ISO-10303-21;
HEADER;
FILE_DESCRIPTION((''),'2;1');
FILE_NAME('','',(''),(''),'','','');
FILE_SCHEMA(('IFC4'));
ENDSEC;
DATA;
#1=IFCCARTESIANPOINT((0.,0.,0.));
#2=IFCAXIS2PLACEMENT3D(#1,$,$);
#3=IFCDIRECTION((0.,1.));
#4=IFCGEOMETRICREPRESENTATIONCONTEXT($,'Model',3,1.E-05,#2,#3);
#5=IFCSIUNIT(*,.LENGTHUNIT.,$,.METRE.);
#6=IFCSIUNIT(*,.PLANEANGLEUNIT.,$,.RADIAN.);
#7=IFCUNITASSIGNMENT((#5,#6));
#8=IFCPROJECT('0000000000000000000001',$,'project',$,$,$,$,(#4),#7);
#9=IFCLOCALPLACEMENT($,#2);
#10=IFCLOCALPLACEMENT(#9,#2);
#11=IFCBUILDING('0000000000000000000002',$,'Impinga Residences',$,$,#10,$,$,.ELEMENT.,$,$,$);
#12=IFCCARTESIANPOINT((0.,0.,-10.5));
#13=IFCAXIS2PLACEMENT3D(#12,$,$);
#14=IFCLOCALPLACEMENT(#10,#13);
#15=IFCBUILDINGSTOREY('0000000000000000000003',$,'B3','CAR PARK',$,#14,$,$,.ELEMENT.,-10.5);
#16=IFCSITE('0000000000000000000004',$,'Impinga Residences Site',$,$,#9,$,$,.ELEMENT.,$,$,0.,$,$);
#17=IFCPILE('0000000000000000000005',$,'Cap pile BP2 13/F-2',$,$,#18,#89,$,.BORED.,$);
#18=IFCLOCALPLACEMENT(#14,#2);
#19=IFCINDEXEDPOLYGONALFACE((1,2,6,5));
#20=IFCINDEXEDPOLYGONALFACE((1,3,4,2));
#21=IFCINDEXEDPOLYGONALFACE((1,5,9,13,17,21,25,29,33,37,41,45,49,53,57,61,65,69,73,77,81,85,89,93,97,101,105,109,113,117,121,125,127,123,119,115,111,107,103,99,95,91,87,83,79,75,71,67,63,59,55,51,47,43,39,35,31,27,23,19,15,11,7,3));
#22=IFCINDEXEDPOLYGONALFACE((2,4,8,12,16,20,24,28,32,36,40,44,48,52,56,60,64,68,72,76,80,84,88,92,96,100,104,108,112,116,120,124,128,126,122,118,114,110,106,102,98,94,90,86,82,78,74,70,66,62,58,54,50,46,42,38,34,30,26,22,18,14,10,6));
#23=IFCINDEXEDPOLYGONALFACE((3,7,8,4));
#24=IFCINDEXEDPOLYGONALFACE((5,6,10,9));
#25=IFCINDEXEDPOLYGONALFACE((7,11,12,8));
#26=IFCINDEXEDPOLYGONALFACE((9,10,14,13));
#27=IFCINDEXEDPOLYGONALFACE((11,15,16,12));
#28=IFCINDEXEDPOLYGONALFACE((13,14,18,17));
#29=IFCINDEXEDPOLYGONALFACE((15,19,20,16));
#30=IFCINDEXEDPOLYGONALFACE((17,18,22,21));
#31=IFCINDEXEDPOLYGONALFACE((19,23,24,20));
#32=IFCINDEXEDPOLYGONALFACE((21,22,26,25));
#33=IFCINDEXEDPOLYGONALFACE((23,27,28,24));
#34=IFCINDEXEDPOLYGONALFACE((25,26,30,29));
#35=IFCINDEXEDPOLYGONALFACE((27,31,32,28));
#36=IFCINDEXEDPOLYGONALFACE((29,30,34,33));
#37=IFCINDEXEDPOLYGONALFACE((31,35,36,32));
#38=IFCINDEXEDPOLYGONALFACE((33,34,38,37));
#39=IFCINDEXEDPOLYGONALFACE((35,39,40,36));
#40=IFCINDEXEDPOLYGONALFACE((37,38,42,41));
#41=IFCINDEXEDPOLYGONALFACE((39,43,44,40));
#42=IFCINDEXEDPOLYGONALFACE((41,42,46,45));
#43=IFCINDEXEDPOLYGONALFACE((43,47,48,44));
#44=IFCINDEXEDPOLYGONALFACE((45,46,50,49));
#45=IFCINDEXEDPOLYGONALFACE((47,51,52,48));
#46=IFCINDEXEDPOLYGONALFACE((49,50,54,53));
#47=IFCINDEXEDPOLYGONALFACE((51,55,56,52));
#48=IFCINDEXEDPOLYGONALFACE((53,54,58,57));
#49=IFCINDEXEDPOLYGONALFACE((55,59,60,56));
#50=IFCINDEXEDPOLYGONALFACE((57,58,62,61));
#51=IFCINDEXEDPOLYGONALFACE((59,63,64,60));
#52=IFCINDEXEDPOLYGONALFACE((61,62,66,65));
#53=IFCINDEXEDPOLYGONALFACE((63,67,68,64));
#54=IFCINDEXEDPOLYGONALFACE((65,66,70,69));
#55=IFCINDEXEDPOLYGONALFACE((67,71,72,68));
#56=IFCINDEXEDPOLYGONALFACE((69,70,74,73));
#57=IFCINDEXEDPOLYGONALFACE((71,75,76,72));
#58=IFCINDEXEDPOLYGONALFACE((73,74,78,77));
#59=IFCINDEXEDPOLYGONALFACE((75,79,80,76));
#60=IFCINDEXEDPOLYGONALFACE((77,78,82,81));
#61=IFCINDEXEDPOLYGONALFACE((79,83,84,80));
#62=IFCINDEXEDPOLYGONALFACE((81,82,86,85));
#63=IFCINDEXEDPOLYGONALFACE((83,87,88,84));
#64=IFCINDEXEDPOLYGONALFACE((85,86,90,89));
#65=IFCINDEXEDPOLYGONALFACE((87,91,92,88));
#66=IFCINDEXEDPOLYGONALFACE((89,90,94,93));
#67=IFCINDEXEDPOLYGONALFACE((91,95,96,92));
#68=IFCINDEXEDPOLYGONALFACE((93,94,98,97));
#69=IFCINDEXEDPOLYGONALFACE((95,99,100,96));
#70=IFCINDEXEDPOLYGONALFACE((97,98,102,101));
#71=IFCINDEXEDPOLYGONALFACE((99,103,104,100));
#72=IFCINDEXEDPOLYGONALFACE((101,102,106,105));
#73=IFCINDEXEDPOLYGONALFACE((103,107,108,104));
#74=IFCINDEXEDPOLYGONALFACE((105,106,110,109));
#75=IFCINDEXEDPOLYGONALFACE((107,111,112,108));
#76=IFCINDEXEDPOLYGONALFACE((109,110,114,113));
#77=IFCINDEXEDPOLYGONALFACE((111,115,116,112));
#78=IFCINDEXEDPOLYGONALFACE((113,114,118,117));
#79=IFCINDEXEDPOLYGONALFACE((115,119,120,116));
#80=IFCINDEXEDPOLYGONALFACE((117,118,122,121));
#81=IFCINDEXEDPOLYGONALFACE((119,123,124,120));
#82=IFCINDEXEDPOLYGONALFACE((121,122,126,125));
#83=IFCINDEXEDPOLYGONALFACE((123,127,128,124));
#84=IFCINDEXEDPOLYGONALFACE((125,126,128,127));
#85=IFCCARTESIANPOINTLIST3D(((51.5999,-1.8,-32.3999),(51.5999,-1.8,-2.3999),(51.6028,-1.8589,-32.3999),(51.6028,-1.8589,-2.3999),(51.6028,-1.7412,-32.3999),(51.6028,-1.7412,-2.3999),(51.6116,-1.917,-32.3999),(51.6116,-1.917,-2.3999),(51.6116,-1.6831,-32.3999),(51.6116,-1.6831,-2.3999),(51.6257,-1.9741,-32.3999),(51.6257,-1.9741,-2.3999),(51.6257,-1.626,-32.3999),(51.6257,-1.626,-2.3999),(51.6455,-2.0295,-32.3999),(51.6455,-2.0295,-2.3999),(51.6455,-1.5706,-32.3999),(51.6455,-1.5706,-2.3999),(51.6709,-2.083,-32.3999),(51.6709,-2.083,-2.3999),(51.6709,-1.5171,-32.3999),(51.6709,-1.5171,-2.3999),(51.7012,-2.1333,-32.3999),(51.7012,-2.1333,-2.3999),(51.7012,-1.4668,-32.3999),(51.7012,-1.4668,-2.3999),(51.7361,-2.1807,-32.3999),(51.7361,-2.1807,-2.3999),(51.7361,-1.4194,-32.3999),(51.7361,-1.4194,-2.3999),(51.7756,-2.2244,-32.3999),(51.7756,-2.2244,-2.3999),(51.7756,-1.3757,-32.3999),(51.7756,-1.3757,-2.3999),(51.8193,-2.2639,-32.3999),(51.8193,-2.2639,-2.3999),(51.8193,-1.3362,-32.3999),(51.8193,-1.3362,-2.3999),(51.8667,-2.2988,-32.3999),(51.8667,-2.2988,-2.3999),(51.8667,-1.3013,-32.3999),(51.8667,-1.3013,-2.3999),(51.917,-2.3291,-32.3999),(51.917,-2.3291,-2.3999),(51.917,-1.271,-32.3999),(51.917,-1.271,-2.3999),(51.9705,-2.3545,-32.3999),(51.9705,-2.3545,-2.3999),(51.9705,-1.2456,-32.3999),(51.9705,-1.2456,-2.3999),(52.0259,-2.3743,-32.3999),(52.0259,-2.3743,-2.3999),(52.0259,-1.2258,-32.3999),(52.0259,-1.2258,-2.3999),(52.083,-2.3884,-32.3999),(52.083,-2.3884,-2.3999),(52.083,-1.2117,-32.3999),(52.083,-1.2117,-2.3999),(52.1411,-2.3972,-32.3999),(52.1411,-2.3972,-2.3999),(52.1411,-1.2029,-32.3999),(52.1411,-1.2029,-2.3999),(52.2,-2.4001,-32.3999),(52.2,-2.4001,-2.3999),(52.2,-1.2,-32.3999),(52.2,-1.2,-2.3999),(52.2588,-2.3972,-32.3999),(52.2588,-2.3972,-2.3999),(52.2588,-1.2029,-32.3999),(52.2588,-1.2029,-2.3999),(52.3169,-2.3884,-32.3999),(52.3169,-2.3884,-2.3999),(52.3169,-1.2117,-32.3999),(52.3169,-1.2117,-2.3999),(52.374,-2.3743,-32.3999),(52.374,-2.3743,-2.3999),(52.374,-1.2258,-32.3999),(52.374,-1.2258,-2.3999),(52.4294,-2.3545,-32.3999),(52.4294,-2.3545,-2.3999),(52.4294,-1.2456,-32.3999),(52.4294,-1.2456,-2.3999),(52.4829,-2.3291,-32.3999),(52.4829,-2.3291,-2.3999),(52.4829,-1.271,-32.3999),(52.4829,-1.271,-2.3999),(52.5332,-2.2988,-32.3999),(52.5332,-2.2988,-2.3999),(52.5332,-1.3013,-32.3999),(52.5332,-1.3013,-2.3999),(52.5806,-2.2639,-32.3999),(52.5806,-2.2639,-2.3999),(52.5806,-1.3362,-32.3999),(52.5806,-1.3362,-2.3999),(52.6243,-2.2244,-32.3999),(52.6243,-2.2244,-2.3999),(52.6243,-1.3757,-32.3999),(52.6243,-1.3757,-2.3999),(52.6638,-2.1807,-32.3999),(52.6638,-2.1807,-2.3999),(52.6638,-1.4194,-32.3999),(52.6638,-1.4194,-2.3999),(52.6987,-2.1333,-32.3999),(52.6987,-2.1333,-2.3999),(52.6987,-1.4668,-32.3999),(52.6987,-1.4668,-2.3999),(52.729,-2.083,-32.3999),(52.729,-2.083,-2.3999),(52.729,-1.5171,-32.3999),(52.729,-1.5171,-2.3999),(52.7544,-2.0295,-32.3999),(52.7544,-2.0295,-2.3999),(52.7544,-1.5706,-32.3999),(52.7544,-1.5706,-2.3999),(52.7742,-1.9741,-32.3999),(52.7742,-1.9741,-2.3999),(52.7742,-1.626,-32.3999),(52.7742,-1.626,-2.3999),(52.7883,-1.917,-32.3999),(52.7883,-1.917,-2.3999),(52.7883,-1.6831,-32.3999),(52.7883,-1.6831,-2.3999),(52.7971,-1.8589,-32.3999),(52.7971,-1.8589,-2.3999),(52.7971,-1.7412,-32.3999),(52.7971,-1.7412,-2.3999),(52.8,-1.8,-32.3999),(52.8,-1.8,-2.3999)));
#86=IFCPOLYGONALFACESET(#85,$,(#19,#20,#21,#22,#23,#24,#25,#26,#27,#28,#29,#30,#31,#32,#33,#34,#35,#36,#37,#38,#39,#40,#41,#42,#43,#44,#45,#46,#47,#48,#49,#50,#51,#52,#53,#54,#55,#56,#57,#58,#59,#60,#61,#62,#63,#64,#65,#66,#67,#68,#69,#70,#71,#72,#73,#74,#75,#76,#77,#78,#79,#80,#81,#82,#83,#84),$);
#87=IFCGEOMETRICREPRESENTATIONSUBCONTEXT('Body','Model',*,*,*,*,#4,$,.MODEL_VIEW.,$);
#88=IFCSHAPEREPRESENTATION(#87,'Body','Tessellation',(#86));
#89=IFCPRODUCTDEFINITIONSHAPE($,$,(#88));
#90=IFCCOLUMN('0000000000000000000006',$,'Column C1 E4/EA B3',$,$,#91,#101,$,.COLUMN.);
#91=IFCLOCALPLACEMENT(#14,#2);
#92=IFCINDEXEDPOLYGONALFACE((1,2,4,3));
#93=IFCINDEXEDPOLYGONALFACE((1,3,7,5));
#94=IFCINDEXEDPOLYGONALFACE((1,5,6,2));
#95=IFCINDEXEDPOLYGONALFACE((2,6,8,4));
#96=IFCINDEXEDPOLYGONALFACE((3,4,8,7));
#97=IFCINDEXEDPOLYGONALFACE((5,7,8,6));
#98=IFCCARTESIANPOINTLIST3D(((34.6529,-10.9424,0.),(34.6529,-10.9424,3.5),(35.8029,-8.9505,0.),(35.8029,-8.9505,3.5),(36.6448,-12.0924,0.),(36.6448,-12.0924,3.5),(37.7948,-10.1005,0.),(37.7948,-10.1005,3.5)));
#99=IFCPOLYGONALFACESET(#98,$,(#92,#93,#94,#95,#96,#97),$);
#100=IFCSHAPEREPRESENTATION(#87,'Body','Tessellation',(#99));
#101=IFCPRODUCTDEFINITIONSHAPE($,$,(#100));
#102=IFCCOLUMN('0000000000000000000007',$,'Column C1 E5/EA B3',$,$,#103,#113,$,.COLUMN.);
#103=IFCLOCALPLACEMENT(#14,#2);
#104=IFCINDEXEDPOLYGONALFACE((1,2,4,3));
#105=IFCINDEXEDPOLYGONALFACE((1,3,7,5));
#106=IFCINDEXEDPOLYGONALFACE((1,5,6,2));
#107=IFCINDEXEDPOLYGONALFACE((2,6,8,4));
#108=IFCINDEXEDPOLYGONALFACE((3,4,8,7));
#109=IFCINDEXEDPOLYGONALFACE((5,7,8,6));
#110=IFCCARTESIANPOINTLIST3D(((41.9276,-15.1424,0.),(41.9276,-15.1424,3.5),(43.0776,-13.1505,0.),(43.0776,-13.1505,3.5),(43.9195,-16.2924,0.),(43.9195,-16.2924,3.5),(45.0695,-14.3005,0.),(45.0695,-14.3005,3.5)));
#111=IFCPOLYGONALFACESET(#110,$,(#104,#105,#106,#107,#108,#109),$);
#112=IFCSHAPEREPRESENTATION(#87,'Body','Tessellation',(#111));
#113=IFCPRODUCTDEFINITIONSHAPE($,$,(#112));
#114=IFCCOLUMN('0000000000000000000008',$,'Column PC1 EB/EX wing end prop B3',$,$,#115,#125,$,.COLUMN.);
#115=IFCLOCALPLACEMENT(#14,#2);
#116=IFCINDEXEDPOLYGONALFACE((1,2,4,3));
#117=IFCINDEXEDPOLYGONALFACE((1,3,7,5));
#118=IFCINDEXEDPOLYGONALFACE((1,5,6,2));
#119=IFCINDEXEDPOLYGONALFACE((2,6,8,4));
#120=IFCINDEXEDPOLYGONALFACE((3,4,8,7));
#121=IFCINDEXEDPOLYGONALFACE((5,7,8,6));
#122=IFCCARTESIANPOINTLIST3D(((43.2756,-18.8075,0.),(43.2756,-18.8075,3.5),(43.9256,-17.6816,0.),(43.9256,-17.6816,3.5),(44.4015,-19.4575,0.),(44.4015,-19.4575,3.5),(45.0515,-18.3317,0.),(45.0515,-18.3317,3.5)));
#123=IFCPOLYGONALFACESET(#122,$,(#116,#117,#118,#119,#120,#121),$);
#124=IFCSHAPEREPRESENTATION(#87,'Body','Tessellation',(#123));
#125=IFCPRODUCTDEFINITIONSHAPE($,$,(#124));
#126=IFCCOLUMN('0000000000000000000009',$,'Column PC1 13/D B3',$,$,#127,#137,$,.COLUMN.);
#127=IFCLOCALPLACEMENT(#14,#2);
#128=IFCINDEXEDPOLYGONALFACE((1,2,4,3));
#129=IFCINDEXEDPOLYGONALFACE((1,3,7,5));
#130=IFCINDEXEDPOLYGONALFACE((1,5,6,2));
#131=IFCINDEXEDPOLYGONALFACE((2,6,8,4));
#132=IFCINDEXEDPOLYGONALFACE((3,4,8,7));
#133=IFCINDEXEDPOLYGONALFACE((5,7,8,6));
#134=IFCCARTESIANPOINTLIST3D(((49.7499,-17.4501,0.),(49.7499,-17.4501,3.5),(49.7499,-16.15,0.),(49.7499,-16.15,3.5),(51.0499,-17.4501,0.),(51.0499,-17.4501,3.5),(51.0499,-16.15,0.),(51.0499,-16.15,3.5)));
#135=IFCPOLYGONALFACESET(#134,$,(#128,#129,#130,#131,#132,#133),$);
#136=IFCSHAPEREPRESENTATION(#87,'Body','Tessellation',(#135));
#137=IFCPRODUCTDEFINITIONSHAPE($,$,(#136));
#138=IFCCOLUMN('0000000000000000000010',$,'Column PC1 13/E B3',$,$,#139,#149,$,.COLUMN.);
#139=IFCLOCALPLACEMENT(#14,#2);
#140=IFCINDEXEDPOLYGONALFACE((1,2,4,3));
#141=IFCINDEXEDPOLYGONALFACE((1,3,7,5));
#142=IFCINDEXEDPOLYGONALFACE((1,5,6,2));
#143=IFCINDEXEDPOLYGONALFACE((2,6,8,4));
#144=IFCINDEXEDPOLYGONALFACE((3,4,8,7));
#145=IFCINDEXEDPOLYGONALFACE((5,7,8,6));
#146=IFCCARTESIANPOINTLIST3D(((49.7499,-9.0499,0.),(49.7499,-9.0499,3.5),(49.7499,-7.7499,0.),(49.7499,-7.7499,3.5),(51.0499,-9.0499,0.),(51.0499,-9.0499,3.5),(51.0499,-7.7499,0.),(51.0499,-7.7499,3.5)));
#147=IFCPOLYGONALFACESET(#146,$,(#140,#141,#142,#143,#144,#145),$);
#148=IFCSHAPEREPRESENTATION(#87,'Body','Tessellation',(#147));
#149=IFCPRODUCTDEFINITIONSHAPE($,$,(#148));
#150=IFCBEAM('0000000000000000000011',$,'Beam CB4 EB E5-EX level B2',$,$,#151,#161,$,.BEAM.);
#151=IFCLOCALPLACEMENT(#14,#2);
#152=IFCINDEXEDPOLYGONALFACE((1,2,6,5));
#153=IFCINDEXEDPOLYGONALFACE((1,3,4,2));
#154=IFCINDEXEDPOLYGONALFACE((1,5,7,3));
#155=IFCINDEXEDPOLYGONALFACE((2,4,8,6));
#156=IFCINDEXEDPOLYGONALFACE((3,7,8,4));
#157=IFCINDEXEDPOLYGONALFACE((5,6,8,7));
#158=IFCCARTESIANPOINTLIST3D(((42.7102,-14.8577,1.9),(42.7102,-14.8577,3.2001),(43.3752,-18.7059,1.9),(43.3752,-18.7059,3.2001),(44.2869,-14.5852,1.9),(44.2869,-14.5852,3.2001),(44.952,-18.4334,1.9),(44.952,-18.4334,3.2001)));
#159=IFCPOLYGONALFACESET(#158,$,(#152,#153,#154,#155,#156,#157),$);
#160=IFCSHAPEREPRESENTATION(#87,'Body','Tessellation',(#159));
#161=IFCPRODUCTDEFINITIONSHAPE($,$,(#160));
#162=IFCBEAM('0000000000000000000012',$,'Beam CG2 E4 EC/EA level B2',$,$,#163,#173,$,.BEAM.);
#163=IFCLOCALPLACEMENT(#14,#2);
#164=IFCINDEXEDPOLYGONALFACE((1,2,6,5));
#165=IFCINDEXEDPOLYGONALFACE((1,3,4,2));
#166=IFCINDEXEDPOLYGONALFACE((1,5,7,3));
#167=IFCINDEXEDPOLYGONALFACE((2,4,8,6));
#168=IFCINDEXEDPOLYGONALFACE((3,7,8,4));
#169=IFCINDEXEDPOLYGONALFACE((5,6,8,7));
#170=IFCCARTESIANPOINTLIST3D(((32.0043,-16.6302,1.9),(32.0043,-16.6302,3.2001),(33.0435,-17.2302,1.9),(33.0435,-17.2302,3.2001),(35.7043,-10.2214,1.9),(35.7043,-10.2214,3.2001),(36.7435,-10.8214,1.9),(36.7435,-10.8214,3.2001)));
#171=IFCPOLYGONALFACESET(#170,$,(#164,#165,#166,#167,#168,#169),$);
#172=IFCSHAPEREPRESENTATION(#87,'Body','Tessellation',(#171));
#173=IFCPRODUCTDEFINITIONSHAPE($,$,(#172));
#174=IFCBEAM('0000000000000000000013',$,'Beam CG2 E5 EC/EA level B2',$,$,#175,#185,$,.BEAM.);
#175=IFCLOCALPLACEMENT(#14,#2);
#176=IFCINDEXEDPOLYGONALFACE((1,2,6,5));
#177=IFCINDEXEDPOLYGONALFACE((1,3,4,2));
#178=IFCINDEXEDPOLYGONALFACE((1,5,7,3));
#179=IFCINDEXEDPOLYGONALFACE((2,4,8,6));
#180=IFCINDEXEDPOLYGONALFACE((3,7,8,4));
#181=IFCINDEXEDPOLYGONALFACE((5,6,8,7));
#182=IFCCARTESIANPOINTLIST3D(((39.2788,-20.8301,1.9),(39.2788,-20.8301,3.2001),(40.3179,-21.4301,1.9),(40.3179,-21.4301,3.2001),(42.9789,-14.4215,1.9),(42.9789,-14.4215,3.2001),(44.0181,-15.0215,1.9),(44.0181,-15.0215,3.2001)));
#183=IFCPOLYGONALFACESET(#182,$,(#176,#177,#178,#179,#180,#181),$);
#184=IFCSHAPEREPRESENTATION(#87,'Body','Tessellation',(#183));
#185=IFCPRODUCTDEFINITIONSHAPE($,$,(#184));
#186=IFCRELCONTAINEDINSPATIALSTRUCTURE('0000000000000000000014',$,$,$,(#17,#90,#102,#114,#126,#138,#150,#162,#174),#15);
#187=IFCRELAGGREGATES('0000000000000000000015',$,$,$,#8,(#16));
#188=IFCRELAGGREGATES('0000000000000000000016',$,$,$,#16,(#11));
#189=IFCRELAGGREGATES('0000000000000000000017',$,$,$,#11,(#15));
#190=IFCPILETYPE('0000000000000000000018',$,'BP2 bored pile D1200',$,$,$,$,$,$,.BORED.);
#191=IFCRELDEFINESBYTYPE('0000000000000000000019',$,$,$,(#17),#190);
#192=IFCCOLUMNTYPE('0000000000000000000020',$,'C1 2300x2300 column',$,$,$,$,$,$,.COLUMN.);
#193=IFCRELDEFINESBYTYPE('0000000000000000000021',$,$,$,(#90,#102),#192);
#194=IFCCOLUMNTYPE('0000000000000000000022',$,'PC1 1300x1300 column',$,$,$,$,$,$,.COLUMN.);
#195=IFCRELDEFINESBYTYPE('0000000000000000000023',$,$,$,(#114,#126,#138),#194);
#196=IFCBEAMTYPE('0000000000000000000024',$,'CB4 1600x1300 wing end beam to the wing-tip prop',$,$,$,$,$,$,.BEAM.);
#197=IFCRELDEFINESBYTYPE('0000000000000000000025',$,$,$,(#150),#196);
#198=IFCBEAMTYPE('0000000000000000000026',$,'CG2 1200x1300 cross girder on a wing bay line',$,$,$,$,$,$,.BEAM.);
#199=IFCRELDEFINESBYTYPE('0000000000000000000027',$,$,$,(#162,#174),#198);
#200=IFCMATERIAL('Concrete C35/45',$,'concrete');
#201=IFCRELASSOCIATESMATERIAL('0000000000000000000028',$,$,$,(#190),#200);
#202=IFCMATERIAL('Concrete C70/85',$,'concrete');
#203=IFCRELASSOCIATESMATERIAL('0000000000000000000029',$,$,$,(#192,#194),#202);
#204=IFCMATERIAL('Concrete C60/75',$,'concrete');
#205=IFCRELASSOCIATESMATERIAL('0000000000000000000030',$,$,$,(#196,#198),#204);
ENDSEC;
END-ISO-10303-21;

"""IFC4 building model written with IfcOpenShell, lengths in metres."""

from ifc_helpers import new_model, si_unit, direction, frame, origin, origin_2d, place, context, subcontext, project, spatial, polyline, rectangle, circle, outline, extrude, material, material_profile, profile_set, type_object, element, save


model = new_model("IFC4")

# Units and contexts
model_context = context("Model", 3, precision=1e-05, world=origin(), true_north=direction((0.0, 1.0)))
body_context = subcontext(model_context, "Body", "Model", "MODEL_VIEW")
ifc_project = project(units=[si_unit("LENGTHUNIT", "METRE"), si_unit("PLANEANGLEUNIT", "RADIAN")], contexts=[model_context])

# Site, building, storey
site_placement = place(None, origin())
site = spatial("IfcSite", under=ifc_project, at=site_placement, Name="Impinga Residences Site", CompositionType="ELEMENT", RefElevation=0.0)
building_placement = place(site_placement, origin())
building = spatial("IfcBuilding", under=site, at=building_placement, Name="Impinga Residences", CompositionType="ELEMENT")
storey_placement = place(building_placement, frame((0.0, 0.0, -10.5)))
storey = spatial("IfcBuildingStorey", under=building, at=storey_placement, Name="B3", Description="CAR PARK", CompositionType="ELEMENT", Elevation=-10.5)

# Pile
ifc_material_1 = material(Name="Concrete C35/45", Category="concrete")
ifc_material_profile_1 = material_profile(ifc_material_1, circle(Radius=0.6001, at=origin_2d()), Name="D1200")
ifc_profile_set_1 = profile_set([ifc_material_profile_1], Name="Concrete C35/45")
pile_type_1 = type_object("IfcPileType", Name="BP2 bored pile D1200", PredefinedType="BORED", material=ifc_profile_set_1)
pile_1_placement = place(storey_placement, frame((52.2, -1.8, -2.3999), z_axis=(0.0, 0.0, -1.0), x_axis=(1.0, 0.0, 0.0)))
element("IfcPile", 1, at=pile_1_placement, inside=storey, type_object=pile_type_1, Name="Cap pile BP2 13/F-2", PredefinedType="BORED", context=body_context, shape_type="SweptSolid", body=[
    extrude(outline(polyline([(0.6001, 0.0), (0.5972, 0.0588), (0.5884, 0.1169), (0.5742, 0.1741), (0.5544, 0.2295), (0.5291, 0.283), (0.4988, 0.3333), (0.4639, 0.3806), (0.4243, 0.4243), (0.3806, 0.4639), (0.3333, 0.4988), (0.283, 0.5291), (0.2295, 0.5544), (0.1741, 0.5742), (0.1169, 0.5884), (0.0588, 0.5972), (0.0, 0.6001), (-0.0588, 0.5972), (-0.1169, 0.5884), (-0.1741, 0.5742), (-0.2295, 0.5544), (-0.283, 0.5291), (-0.3333, 0.4988), (-0.3806, 0.4639), (-0.4243, 0.4243), (-0.4639, 0.3806), (-0.4988, 0.3333), (-0.5291, 0.283), (-0.5544, 0.2295), (-0.5742, 0.1741), (-0.5884, 0.1169), (-0.5972, 0.0588), (-0.6001, 0.0), (-0.5972, -0.0588), (-0.5884, -0.1169), (-0.5742, -0.1741), (-0.5544, -0.2295), (-0.5291, -0.283), (-0.4988, -0.3333), (-0.4639, -0.3806), (-0.4243, -0.4243), (-0.3806, -0.4639), (-0.3333, -0.4988), (-0.283, -0.5291), (-0.2295, -0.5544), (-0.1741, -0.5742), (-0.1169, -0.5884), (-0.0588, -0.5972), (0.0, -0.6001), (0.0588, -0.5972), (0.1169, -0.5884), (0.1741, -0.5742), (0.2295, -0.5544), (0.283, -0.5291), (0.3333, -0.4988), (0.3806, -0.4639), (0.4243, -0.4243), (0.4639, -0.3806), (0.4988, -0.3333), (0.5291, -0.283), (0.5544, -0.2295), (0.5742, -0.1741), (0.5884, -0.1169), (0.5972, -0.0588), (0.6001, 0.0)])), origin(), (0.0, 0.0, 1.0), 30.0),
])

# Columns
ifc_material_2 = material(Name="Concrete C70/85", Category="concrete")
ifc_material_profile_2 = material_profile(ifc_material_2, rectangle(XDim=2.3, YDim=2.3, at=origin_2d()), Name="RC 2300x2300")
ifc_profile_set_2 = profile_set([ifc_material_profile_2], Name="Concrete C70/85")
column_type_1 = type_object("IfcColumnType", Name="C1 2300x2300 column", PredefinedType="COLUMN", material=ifc_profile_set_2)
for number, where, z_axis, x_axis, name in (
    (2, (36.2239, -10.5215, 0.0), (0.0, 0.0, 1.0), (-0.5, -0.866025, 0.0), "Column C1 E4/EA B3"),
    (3, (43.4985, -14.7214, 0.0), (0.0, 0.0, 1.0), (-0.5, -0.866025, 0.0), "Column C1 E5/EA B3"),
):
    element("IfcColumn", number, at=place(storey_placement, frame(where, z_axis=z_axis, x_axis=x_axis)), inside=storey, type_object=column_type_1, Name=name, PredefinedType="COLUMN", context=body_context, shape_type="SweptSolid", body=[
        extrude(rectangle(XDim=2.3, YDim=2.3, at=origin_2d()), origin(), (0.0, 0.0, 1.0), 3.5),
    ])
ifc_material_profile_3 = material_profile(ifc_material_2, rectangle(XDim=1.3, YDim=1.3, at=origin_2d()), Name="RC 1300x1300")
ifc_profile_set_3 = profile_set([ifc_material_profile_3], Name="Concrete C70/85")
column_type_2 = type_object("IfcColumnType", Name="PC1 1300x1300 column", PredefinedType="COLUMN", material=ifc_profile_set_3)
for number, where, z_axis, x_axis, name in (
    (4, (44.1636, -18.5696, 0.0), (0.0, 0.0, 1.0), (-0.5, -0.866025, 0.0), "Column PC1 EB/EX wing end prop B3"),
    (5, (50.3999, -16.8, 0.0), (0.0, 0.0, 1.0), (1.0, 0.0, 0.0), "Column PC1 13/D B3"),
    (6, (50.3999, -8.3999, 0.0), (0.0, 0.0, 1.0), (1.0, 0.0, 0.0), "Column PC1 13/E B3"),
):
    element("IfcColumn", number, at=place(storey_placement, frame(where, z_axis=z_axis, x_axis=x_axis)), inside=storey, type_object=column_type_2, Name=name, PredefinedType="COLUMN", context=body_context, shape_type="SweptSolid", body=[
        extrude(rectangle(XDim=1.3, YDim=1.3, at=origin_2d()), origin(), (0.0, 0.0, 1.0), 3.5),
    ])

# Beams
ifc_material_3 = material(Name="Concrete C60/75", Category="concrete")
ifc_material_profile_4 = material_profile(ifc_material_3, rectangle(XDim=1.6001, YDim=1.3, at=origin_2d()), Name="RC 1600x1300")
ifc_profile_set_4 = profile_set([ifc_material_profile_4], Name="Concrete C60/75")
beam_type_1 = type_object("IfcBeamType", Name="CB4 1600x1300 wing end beam to the wing-tip prop", PredefinedType="BEAM", material=ifc_profile_set_4)
beam_1_placement = place(storey_placement, frame((43.4985, -14.7214, 2.55), z_axis=(0.170296, -0.985393, 0.0), x_axis=(0.985393, 0.170296, 0.0)))
element("IfcBeam", 7, at=beam_1_placement, inside=storey, type_object=beam_type_1, Name="Beam CB4 EB E5-EX level B2", PredefinedType="BEAM", context=body_context, shape_type="SweptSolid", body=[
    extrude(rectangle(XDim=1.6001, YDim=1.3, at=origin_2d()), origin(), (0.0, 0.0, 1.0), 3.9053),
])
ifc_material_profile_5 = material_profile(ifc_material_3, rectangle(XDim=1.2, YDim=1.3, at=origin_2d()), Name="RC 1200x1300")
ifc_profile_set_5 = profile_set([ifc_material_profile_5], Name="Concrete C60/75")
beam_type_2 = type_object("IfcBeamType", Name="CG2 1200x1300 cross girder on a wing bay line", PredefinedType="BEAM", material=ifc_profile_set_5)
for number, where, z_axis, x_axis, name in (
    (8, (32.5239, -16.9302, 2.55), (0.499989, 0.866032, 0.0), (-0.866032, 0.499989, 0.0), "Beam CG2 E4 EC/EA level B2"),
    (9, (39.7983, -21.1301, 2.55), (0.500014, 0.866017, 0.0), (-0.866017, 0.500014, 0.0), "Beam CG2 E5 EC/EA level B2"),
):
    element("IfcBeam", number, at=place(storey_placement, frame(where, z_axis=z_axis, x_axis=x_axis)), inside=storey, type_object=beam_type_2, Name=name, PredefinedType="BEAM", context=body_context, shape_type="SweptSolid", body=[
        extrude(rectangle(XDim=1.2, YDim=1.3, at=origin_2d()), origin(), (0.0, 0.0, 1.0), 7.4001),
    ])

save(model, "model.ifc")
